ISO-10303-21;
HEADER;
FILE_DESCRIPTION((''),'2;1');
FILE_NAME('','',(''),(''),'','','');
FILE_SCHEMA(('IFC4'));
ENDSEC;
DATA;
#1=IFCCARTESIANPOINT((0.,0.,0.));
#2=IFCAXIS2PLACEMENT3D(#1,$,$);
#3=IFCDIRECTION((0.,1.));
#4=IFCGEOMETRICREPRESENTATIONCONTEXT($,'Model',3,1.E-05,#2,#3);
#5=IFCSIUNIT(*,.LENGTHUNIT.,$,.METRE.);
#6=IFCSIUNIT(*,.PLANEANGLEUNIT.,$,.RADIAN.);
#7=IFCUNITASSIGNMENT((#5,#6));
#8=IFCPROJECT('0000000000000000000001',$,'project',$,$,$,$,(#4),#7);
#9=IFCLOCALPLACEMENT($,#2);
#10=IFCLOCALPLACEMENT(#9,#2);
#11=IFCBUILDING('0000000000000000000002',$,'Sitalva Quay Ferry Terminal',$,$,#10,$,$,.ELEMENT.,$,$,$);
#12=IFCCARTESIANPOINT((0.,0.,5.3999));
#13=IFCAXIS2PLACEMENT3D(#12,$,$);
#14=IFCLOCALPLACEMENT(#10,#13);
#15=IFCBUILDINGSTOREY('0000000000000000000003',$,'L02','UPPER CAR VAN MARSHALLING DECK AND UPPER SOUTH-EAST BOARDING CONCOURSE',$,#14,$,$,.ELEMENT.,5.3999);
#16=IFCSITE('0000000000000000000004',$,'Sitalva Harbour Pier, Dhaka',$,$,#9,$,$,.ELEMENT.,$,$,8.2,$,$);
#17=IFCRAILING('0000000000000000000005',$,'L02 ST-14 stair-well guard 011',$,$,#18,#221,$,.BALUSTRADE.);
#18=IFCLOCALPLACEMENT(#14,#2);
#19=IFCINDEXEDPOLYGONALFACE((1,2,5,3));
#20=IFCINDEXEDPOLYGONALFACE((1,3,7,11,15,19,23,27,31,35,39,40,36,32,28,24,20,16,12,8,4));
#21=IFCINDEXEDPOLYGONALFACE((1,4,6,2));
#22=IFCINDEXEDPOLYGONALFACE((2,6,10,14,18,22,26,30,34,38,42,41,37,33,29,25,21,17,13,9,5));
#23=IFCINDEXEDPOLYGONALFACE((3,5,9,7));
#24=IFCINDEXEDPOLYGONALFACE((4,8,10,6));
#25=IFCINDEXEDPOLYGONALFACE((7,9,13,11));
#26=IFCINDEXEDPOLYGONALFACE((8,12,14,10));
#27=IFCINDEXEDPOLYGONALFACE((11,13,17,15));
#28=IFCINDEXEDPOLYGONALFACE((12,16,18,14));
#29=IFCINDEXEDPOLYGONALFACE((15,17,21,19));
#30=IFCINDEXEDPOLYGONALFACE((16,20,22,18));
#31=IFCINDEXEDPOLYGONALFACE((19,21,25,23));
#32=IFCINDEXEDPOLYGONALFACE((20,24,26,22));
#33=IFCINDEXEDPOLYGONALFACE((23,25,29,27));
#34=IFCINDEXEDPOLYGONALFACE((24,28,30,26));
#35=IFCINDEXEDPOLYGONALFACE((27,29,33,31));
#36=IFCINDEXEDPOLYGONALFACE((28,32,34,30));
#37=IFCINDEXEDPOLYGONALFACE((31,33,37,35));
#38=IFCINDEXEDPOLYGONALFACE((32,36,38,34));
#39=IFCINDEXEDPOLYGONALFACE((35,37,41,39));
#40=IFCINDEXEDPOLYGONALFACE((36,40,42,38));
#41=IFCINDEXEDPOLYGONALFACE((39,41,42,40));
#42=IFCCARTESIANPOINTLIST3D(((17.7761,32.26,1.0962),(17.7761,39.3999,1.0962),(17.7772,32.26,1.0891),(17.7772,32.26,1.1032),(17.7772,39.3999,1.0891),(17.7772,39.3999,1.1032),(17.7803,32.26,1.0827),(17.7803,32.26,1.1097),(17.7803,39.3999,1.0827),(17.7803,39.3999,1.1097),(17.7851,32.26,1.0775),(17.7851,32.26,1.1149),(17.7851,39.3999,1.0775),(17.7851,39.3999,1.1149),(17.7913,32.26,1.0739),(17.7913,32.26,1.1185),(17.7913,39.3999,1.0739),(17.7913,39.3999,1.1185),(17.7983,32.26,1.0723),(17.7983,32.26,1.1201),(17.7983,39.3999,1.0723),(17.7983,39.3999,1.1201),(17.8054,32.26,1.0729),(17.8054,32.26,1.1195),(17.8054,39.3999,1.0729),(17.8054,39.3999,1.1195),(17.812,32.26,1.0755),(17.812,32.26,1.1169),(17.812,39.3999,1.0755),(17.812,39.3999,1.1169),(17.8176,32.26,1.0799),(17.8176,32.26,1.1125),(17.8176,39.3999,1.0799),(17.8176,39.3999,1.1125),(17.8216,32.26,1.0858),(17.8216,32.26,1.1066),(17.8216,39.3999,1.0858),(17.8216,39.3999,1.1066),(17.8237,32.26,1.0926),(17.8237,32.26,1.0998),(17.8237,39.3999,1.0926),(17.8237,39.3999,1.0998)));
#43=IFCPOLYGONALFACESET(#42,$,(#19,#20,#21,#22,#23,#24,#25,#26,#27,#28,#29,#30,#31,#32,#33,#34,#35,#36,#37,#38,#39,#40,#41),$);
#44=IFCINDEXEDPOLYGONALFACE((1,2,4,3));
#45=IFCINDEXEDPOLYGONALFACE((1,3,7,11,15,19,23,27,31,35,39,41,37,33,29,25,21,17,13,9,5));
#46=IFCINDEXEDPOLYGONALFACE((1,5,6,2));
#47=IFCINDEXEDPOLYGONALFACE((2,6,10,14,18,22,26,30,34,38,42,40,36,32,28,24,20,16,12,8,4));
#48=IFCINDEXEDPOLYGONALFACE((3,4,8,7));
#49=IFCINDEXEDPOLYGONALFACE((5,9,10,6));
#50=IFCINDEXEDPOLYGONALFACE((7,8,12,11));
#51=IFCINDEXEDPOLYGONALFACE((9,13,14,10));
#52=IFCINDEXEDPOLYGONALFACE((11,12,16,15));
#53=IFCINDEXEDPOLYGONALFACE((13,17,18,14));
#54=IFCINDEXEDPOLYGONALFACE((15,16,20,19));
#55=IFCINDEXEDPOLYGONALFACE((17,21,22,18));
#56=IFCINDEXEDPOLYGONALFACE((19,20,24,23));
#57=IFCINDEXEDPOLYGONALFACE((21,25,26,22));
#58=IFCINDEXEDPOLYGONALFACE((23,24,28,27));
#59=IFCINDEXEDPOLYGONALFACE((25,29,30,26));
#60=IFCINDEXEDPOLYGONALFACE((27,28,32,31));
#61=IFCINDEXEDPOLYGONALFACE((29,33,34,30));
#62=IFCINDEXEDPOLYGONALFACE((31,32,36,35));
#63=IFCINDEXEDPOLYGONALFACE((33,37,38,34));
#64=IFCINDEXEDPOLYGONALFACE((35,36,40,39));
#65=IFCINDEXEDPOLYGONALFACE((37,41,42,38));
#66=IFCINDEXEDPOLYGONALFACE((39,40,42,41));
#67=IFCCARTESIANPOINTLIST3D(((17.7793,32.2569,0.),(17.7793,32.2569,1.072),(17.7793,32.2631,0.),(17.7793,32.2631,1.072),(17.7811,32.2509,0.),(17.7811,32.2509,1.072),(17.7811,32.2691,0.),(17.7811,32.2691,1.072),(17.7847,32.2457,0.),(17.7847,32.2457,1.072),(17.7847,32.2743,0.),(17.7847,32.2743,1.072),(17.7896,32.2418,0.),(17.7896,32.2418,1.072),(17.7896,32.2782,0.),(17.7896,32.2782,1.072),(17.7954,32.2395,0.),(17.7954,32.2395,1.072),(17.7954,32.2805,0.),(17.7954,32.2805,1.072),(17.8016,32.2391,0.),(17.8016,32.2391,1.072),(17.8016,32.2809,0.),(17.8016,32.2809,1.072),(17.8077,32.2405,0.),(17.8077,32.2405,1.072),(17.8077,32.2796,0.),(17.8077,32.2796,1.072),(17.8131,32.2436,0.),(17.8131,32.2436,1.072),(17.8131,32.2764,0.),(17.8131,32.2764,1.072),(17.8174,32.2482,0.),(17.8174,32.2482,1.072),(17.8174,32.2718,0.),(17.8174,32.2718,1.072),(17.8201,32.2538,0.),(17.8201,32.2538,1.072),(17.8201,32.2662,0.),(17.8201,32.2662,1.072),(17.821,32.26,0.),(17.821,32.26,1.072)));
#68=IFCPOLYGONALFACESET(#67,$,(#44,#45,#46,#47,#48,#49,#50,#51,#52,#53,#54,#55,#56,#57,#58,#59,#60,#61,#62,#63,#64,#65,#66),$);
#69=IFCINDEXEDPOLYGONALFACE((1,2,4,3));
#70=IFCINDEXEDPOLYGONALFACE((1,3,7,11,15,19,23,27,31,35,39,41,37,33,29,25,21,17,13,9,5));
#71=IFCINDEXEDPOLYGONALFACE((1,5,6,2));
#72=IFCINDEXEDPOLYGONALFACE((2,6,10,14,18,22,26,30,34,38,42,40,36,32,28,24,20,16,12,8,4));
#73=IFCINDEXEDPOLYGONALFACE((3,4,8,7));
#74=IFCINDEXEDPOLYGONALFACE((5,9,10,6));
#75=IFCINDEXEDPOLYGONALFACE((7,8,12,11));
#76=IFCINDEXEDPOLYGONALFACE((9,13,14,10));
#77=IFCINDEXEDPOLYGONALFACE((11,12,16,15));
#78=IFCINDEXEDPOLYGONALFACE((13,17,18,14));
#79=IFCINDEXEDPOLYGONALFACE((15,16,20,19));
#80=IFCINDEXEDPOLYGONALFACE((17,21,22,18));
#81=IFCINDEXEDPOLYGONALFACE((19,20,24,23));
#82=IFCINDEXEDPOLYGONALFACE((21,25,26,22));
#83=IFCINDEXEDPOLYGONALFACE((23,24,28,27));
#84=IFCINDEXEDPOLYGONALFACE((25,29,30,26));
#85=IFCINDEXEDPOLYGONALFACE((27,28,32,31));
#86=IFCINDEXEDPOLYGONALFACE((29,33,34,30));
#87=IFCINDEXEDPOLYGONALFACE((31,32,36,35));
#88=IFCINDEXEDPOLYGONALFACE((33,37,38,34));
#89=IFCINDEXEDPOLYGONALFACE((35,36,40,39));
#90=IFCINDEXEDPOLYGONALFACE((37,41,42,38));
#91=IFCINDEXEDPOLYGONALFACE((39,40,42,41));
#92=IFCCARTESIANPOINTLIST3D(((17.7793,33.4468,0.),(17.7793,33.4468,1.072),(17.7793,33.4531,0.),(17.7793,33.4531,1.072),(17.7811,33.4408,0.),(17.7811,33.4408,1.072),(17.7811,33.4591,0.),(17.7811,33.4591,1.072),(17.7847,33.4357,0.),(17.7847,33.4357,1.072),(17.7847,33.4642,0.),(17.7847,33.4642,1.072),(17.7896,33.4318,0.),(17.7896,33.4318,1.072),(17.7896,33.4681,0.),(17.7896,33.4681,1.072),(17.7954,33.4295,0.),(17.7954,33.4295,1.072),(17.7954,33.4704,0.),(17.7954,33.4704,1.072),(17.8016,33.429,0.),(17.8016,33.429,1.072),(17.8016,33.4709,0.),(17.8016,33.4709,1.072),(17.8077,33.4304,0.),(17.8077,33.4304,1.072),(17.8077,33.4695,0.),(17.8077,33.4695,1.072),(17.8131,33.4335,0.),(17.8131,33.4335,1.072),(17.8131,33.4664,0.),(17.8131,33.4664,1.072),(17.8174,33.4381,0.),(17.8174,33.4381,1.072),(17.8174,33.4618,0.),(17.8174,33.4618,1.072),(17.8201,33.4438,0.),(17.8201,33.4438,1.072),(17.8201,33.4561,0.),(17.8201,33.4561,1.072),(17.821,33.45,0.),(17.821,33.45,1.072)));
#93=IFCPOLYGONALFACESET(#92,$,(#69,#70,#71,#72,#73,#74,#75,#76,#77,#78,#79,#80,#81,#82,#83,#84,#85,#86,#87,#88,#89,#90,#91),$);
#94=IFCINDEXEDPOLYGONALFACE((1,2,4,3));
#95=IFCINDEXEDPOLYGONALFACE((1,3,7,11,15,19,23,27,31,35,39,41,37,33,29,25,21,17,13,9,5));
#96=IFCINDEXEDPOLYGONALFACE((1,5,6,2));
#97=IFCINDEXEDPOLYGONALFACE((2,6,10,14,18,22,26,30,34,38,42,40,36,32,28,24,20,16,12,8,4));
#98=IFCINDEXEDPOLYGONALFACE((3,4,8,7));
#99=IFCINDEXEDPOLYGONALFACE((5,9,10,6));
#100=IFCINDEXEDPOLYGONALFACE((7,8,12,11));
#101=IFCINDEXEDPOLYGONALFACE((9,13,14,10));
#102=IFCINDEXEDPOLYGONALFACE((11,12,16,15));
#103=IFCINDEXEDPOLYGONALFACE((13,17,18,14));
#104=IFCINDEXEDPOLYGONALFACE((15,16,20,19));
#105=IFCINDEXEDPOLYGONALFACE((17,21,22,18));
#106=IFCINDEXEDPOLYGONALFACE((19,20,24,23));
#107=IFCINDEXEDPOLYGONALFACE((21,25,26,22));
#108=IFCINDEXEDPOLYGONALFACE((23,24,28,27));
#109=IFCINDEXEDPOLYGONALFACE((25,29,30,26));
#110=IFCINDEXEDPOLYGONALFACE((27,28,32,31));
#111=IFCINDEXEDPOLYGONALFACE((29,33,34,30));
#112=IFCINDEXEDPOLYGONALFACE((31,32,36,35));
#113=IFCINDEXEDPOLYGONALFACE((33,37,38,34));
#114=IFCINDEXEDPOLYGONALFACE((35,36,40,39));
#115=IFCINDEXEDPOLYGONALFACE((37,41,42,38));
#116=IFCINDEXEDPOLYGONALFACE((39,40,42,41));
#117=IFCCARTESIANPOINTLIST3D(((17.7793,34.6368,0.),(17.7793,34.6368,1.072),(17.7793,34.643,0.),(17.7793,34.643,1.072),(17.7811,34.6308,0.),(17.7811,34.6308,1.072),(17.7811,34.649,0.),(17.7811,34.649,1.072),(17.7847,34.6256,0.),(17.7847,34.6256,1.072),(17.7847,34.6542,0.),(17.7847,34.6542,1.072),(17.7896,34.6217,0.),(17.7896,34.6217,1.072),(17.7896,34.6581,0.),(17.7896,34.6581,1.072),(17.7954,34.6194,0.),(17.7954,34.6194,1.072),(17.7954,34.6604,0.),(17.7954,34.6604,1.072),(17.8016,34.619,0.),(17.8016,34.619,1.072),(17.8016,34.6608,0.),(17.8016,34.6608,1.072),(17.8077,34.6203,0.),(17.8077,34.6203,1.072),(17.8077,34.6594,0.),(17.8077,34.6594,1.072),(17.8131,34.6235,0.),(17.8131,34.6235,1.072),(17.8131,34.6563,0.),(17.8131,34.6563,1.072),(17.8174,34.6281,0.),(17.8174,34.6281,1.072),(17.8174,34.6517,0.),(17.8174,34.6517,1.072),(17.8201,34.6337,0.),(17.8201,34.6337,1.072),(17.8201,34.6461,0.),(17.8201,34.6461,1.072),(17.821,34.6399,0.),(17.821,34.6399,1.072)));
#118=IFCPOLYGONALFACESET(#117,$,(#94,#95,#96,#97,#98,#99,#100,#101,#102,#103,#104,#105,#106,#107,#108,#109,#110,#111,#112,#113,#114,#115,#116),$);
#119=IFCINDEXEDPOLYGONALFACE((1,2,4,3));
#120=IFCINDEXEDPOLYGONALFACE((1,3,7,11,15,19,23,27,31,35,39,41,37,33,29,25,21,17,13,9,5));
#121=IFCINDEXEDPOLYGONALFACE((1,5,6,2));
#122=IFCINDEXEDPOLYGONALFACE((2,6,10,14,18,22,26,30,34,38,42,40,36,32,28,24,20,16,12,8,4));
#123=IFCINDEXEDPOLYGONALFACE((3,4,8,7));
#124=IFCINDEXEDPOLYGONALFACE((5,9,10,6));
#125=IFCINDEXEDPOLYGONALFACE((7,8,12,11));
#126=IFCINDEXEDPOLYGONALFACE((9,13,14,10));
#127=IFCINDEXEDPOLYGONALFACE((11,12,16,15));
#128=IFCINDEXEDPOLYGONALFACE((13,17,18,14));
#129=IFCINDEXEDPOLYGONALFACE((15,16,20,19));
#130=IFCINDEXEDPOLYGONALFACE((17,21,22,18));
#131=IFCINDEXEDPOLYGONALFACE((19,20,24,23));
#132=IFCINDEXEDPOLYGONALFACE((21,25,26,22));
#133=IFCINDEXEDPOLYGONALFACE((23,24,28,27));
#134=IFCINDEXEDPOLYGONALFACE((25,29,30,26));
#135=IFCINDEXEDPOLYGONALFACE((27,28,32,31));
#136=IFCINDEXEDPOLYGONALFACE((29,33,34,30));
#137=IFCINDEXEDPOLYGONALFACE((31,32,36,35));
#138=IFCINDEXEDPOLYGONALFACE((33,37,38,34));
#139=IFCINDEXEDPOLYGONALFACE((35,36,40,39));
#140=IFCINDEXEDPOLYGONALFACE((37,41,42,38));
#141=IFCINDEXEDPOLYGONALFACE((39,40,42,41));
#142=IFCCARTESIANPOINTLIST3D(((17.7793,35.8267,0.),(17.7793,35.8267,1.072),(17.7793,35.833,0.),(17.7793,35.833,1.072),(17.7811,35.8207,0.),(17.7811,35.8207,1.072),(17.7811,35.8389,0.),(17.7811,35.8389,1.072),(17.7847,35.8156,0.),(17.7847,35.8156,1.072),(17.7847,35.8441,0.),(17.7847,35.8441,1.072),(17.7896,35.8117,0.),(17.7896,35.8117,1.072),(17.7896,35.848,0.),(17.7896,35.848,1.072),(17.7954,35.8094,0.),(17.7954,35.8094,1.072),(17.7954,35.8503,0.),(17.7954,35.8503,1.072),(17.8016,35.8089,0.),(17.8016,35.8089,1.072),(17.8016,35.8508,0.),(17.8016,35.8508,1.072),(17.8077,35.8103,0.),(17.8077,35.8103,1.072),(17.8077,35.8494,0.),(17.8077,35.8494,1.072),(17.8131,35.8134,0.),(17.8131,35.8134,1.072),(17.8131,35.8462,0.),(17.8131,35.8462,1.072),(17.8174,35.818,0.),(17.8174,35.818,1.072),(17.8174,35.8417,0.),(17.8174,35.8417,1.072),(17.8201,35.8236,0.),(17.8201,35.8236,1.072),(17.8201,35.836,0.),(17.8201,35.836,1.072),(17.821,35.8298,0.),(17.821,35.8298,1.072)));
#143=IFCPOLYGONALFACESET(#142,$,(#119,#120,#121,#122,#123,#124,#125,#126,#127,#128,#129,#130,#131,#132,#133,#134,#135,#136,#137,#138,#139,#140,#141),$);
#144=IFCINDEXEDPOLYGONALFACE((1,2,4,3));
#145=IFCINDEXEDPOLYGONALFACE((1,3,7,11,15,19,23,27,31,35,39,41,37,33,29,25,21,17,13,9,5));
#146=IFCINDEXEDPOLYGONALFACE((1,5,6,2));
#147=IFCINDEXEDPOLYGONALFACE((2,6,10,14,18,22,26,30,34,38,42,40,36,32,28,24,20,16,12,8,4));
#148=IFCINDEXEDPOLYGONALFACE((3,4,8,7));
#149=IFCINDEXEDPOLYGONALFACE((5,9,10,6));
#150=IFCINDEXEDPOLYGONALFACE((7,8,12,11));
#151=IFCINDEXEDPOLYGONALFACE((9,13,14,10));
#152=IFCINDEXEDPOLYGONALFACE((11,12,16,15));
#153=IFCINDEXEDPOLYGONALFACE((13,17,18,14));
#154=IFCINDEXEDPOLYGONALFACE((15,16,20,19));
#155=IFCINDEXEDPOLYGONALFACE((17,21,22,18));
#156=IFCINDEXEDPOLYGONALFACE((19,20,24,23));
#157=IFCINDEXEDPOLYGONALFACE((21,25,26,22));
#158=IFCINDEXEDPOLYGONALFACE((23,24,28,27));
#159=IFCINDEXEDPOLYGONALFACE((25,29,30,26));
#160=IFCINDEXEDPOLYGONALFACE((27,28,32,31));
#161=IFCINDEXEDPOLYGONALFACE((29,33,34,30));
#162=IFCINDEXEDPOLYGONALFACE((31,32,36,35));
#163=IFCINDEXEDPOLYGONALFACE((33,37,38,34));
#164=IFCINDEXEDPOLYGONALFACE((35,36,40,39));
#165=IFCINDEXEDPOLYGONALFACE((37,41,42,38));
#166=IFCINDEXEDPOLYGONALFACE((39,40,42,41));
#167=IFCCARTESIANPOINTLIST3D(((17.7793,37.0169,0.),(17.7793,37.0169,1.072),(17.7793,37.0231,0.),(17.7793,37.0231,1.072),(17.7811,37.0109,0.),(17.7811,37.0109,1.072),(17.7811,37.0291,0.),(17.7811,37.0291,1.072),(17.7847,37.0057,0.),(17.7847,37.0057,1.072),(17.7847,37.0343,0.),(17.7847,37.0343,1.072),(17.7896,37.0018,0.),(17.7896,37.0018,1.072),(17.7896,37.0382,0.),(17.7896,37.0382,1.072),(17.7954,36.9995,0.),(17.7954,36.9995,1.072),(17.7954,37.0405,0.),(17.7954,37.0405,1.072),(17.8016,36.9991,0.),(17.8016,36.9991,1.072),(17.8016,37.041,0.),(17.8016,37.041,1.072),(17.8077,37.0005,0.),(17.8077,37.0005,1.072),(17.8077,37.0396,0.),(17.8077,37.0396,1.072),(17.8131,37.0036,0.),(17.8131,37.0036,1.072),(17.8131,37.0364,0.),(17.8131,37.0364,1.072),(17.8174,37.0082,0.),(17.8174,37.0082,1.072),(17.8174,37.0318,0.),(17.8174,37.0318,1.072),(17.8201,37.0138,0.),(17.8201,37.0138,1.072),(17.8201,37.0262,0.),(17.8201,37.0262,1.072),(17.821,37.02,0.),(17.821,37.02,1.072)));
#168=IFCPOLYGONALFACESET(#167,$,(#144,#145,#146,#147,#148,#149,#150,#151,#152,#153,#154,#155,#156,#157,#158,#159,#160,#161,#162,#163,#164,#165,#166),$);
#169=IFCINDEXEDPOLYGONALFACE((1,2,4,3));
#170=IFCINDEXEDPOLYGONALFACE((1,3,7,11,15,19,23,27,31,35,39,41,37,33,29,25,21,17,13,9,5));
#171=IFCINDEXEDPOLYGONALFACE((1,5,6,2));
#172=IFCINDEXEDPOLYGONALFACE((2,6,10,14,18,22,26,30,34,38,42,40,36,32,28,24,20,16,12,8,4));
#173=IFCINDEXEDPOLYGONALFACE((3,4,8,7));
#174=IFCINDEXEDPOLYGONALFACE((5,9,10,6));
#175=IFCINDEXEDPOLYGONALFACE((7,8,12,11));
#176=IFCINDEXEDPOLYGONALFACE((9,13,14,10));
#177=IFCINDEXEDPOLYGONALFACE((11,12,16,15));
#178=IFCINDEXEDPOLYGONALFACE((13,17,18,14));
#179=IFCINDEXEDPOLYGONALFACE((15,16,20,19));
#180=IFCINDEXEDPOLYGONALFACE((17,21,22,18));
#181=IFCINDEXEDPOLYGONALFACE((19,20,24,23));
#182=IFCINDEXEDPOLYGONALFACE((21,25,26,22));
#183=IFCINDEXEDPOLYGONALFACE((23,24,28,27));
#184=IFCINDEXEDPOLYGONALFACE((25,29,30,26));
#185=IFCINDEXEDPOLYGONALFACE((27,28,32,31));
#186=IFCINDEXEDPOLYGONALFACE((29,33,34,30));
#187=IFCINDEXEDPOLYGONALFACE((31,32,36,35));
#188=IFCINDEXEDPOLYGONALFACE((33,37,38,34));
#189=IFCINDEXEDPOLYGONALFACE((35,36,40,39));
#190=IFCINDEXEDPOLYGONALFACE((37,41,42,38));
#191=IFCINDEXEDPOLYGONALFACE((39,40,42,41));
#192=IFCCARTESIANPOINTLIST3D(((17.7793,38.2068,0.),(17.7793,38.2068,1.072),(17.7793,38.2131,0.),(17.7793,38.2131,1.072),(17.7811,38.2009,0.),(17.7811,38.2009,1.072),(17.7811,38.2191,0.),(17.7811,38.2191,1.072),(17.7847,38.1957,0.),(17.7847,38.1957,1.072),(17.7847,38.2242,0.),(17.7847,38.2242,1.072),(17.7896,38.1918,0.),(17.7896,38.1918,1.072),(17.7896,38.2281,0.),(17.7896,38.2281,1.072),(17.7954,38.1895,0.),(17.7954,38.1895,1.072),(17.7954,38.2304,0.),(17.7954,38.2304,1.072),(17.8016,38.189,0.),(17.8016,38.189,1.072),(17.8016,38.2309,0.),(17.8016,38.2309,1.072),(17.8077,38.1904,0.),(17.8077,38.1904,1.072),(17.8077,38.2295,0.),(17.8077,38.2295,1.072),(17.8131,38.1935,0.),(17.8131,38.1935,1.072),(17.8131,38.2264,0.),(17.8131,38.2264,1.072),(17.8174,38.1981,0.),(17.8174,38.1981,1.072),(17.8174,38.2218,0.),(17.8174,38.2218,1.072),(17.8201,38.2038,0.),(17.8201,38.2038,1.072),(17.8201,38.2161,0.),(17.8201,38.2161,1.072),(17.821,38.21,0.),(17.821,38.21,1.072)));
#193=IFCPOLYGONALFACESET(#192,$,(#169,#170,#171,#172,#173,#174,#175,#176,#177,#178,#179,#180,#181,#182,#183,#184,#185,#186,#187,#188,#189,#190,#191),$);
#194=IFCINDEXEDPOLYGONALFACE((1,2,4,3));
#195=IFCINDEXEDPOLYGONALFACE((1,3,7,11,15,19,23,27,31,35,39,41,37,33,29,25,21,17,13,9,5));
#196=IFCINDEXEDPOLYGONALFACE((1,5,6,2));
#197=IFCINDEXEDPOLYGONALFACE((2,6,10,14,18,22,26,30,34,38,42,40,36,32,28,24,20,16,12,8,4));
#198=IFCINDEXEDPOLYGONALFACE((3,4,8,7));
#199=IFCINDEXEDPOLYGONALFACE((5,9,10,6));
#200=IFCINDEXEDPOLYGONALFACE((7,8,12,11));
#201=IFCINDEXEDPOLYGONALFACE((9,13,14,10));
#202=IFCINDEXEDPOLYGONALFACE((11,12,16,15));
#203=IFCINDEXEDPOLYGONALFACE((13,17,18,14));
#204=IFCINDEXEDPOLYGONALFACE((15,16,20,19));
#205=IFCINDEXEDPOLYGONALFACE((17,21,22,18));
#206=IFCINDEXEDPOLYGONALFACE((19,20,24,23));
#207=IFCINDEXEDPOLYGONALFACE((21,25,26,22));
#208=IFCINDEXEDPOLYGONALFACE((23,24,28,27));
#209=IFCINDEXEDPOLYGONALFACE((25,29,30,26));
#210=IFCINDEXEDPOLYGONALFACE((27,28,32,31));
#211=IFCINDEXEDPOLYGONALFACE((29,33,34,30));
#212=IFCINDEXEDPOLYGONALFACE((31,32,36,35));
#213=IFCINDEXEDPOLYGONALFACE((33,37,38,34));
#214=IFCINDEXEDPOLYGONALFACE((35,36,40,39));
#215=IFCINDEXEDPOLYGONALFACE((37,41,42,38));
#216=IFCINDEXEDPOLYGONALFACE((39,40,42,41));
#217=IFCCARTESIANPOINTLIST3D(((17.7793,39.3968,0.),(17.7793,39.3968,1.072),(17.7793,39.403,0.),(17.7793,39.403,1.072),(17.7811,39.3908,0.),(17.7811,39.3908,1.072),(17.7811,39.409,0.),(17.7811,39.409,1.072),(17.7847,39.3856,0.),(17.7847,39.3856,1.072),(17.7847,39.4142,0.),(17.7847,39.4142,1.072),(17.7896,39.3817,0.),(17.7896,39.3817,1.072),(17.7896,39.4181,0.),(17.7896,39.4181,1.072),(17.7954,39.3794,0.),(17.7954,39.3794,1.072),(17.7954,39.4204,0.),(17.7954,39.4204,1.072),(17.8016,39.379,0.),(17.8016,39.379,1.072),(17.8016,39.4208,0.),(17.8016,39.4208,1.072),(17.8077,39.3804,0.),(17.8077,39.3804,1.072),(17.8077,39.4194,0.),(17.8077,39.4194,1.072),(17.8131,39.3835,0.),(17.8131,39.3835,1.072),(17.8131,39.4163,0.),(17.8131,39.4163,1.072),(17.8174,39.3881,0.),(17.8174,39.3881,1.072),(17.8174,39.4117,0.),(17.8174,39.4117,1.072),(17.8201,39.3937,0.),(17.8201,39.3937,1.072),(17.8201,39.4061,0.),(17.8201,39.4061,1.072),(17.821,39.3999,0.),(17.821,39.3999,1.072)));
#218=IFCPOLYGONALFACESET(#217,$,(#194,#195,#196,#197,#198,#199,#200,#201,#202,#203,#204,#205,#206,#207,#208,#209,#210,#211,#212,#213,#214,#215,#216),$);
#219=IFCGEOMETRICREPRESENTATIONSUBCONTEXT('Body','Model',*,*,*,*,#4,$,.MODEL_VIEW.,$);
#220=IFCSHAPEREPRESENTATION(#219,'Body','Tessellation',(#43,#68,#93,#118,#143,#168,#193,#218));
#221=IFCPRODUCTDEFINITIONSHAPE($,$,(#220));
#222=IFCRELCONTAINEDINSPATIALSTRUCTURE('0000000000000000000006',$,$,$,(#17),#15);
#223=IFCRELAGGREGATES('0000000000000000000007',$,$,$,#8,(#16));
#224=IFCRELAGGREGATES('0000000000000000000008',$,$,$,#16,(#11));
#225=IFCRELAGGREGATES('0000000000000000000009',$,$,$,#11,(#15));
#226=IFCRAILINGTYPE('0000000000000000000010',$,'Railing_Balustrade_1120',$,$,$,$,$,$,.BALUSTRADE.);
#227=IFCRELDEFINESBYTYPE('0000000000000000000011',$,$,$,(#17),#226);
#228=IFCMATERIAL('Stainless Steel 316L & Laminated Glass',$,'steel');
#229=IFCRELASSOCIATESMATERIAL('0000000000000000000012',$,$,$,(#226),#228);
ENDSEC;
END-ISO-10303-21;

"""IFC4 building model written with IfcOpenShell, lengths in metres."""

from ifc_helpers import new_model, si_unit, direction, frame, origin, origin_2d, place, context, subcontext, project, spatial, circle, extrude, material, type_object, element, save


model = new_model("IFC4")

# Units and contexts
model_context = context("Model", 3, precision=1e-05, world=origin(), true_north=direction((0.0, 1.0)))
body_context = subcontext(model_context, "Body", "Model", "MODEL_VIEW")
ifc_project = project(units=[si_unit("LENGTHUNIT", "METRE"), si_unit("PLANEANGLEUNIT", "RADIAN")], contexts=[model_context])

# Site, building, storey
site_placement = place(None, origin())
site = spatial("IfcSite", under=ifc_project, at=site_placement, Name="Sitalva Harbour Pier, Dhaka", CompositionType="ELEMENT", RefElevation=8.2)
building_placement = place(site_placement, origin())
building = spatial("IfcBuilding", under=site, at=building_placement, Name="Sitalva Quay Ferry Terminal", CompositionType="ELEMENT")
storey_placement = place(building_placement, frame((0.0, 0.0, 5.3999)))
storey = spatial("IfcBuildingStorey", under=building, at=storey_placement, Name="L02", Description="UPPER CAR VAN MARSHALLING DECK AND UPPER SOUTH-EAST BOARDING CONCOURSE", CompositionType="ELEMENT", Elevation=5.3999)

# Railing
ifc_material_1 = material(Name="Stainless Steel 316L & Laminated Glass", Category="steel")
railing_type = type_object("IfcRailingType", Name="Railing_Balustrade_1120", PredefinedType="BALUSTRADE", material=ifc_material_1)
railing_1_placement = place(storey_placement, frame((17.8, 32.26, 0.0)))
element("IfcRailing", 1, at=railing_1_placement, inside=storey, type_object=railing_type, Name="L02 ST-14 stair-well guard 011", PredefinedType="BALUSTRADE", context=body_context, shape_type="SweptSolid", body=[
    extrude(circle(Radius=0.0239, at=origin_2d()), frame((0.0, 0.0, 1.0962), z_axis=(0.0, 1.0, 0.0), x_axis=(-1.0, 0.0, 0.0)), (0.0, 0.0, 1.0), 7.1399),
    extrude(circle(Radius=0.021, at=origin_2d()), origin(), (0.0, 0.0, 1.0), 1.072),
    extrude(circle(Radius=0.021, at=origin_2d()), frame((0.0, 1.1899, 0.0)), (0.0, 0.0, 1.0), 1.072),
    extrude(circle(Radius=0.021, at=origin_2d()), frame((0.0, 2.3799, 0.0)), (0.0, 0.0, 1.0), 1.072),
    extrude(circle(Radius=0.021, at=origin_2d()), frame((0.0, 3.5698, 0.0)), (0.0, 0.0, 1.0), 1.072),
    extrude(circle(Radius=0.021, at=origin_2d()), frame((0.0, 4.76, 0.0)), (0.0, 0.0, 1.0), 1.072),
    extrude(circle(Radius=0.021, at=origin_2d()), frame((0.0, 5.95, 0.0)), (0.0, 0.0, 1.0), 1.072),
    extrude(circle(Radius=0.021, at=origin_2d()), frame((0.0, 7.1399, 0.0)), (0.0, 0.0, 1.0), 1.072),
])

save(model, "model.ifc")
